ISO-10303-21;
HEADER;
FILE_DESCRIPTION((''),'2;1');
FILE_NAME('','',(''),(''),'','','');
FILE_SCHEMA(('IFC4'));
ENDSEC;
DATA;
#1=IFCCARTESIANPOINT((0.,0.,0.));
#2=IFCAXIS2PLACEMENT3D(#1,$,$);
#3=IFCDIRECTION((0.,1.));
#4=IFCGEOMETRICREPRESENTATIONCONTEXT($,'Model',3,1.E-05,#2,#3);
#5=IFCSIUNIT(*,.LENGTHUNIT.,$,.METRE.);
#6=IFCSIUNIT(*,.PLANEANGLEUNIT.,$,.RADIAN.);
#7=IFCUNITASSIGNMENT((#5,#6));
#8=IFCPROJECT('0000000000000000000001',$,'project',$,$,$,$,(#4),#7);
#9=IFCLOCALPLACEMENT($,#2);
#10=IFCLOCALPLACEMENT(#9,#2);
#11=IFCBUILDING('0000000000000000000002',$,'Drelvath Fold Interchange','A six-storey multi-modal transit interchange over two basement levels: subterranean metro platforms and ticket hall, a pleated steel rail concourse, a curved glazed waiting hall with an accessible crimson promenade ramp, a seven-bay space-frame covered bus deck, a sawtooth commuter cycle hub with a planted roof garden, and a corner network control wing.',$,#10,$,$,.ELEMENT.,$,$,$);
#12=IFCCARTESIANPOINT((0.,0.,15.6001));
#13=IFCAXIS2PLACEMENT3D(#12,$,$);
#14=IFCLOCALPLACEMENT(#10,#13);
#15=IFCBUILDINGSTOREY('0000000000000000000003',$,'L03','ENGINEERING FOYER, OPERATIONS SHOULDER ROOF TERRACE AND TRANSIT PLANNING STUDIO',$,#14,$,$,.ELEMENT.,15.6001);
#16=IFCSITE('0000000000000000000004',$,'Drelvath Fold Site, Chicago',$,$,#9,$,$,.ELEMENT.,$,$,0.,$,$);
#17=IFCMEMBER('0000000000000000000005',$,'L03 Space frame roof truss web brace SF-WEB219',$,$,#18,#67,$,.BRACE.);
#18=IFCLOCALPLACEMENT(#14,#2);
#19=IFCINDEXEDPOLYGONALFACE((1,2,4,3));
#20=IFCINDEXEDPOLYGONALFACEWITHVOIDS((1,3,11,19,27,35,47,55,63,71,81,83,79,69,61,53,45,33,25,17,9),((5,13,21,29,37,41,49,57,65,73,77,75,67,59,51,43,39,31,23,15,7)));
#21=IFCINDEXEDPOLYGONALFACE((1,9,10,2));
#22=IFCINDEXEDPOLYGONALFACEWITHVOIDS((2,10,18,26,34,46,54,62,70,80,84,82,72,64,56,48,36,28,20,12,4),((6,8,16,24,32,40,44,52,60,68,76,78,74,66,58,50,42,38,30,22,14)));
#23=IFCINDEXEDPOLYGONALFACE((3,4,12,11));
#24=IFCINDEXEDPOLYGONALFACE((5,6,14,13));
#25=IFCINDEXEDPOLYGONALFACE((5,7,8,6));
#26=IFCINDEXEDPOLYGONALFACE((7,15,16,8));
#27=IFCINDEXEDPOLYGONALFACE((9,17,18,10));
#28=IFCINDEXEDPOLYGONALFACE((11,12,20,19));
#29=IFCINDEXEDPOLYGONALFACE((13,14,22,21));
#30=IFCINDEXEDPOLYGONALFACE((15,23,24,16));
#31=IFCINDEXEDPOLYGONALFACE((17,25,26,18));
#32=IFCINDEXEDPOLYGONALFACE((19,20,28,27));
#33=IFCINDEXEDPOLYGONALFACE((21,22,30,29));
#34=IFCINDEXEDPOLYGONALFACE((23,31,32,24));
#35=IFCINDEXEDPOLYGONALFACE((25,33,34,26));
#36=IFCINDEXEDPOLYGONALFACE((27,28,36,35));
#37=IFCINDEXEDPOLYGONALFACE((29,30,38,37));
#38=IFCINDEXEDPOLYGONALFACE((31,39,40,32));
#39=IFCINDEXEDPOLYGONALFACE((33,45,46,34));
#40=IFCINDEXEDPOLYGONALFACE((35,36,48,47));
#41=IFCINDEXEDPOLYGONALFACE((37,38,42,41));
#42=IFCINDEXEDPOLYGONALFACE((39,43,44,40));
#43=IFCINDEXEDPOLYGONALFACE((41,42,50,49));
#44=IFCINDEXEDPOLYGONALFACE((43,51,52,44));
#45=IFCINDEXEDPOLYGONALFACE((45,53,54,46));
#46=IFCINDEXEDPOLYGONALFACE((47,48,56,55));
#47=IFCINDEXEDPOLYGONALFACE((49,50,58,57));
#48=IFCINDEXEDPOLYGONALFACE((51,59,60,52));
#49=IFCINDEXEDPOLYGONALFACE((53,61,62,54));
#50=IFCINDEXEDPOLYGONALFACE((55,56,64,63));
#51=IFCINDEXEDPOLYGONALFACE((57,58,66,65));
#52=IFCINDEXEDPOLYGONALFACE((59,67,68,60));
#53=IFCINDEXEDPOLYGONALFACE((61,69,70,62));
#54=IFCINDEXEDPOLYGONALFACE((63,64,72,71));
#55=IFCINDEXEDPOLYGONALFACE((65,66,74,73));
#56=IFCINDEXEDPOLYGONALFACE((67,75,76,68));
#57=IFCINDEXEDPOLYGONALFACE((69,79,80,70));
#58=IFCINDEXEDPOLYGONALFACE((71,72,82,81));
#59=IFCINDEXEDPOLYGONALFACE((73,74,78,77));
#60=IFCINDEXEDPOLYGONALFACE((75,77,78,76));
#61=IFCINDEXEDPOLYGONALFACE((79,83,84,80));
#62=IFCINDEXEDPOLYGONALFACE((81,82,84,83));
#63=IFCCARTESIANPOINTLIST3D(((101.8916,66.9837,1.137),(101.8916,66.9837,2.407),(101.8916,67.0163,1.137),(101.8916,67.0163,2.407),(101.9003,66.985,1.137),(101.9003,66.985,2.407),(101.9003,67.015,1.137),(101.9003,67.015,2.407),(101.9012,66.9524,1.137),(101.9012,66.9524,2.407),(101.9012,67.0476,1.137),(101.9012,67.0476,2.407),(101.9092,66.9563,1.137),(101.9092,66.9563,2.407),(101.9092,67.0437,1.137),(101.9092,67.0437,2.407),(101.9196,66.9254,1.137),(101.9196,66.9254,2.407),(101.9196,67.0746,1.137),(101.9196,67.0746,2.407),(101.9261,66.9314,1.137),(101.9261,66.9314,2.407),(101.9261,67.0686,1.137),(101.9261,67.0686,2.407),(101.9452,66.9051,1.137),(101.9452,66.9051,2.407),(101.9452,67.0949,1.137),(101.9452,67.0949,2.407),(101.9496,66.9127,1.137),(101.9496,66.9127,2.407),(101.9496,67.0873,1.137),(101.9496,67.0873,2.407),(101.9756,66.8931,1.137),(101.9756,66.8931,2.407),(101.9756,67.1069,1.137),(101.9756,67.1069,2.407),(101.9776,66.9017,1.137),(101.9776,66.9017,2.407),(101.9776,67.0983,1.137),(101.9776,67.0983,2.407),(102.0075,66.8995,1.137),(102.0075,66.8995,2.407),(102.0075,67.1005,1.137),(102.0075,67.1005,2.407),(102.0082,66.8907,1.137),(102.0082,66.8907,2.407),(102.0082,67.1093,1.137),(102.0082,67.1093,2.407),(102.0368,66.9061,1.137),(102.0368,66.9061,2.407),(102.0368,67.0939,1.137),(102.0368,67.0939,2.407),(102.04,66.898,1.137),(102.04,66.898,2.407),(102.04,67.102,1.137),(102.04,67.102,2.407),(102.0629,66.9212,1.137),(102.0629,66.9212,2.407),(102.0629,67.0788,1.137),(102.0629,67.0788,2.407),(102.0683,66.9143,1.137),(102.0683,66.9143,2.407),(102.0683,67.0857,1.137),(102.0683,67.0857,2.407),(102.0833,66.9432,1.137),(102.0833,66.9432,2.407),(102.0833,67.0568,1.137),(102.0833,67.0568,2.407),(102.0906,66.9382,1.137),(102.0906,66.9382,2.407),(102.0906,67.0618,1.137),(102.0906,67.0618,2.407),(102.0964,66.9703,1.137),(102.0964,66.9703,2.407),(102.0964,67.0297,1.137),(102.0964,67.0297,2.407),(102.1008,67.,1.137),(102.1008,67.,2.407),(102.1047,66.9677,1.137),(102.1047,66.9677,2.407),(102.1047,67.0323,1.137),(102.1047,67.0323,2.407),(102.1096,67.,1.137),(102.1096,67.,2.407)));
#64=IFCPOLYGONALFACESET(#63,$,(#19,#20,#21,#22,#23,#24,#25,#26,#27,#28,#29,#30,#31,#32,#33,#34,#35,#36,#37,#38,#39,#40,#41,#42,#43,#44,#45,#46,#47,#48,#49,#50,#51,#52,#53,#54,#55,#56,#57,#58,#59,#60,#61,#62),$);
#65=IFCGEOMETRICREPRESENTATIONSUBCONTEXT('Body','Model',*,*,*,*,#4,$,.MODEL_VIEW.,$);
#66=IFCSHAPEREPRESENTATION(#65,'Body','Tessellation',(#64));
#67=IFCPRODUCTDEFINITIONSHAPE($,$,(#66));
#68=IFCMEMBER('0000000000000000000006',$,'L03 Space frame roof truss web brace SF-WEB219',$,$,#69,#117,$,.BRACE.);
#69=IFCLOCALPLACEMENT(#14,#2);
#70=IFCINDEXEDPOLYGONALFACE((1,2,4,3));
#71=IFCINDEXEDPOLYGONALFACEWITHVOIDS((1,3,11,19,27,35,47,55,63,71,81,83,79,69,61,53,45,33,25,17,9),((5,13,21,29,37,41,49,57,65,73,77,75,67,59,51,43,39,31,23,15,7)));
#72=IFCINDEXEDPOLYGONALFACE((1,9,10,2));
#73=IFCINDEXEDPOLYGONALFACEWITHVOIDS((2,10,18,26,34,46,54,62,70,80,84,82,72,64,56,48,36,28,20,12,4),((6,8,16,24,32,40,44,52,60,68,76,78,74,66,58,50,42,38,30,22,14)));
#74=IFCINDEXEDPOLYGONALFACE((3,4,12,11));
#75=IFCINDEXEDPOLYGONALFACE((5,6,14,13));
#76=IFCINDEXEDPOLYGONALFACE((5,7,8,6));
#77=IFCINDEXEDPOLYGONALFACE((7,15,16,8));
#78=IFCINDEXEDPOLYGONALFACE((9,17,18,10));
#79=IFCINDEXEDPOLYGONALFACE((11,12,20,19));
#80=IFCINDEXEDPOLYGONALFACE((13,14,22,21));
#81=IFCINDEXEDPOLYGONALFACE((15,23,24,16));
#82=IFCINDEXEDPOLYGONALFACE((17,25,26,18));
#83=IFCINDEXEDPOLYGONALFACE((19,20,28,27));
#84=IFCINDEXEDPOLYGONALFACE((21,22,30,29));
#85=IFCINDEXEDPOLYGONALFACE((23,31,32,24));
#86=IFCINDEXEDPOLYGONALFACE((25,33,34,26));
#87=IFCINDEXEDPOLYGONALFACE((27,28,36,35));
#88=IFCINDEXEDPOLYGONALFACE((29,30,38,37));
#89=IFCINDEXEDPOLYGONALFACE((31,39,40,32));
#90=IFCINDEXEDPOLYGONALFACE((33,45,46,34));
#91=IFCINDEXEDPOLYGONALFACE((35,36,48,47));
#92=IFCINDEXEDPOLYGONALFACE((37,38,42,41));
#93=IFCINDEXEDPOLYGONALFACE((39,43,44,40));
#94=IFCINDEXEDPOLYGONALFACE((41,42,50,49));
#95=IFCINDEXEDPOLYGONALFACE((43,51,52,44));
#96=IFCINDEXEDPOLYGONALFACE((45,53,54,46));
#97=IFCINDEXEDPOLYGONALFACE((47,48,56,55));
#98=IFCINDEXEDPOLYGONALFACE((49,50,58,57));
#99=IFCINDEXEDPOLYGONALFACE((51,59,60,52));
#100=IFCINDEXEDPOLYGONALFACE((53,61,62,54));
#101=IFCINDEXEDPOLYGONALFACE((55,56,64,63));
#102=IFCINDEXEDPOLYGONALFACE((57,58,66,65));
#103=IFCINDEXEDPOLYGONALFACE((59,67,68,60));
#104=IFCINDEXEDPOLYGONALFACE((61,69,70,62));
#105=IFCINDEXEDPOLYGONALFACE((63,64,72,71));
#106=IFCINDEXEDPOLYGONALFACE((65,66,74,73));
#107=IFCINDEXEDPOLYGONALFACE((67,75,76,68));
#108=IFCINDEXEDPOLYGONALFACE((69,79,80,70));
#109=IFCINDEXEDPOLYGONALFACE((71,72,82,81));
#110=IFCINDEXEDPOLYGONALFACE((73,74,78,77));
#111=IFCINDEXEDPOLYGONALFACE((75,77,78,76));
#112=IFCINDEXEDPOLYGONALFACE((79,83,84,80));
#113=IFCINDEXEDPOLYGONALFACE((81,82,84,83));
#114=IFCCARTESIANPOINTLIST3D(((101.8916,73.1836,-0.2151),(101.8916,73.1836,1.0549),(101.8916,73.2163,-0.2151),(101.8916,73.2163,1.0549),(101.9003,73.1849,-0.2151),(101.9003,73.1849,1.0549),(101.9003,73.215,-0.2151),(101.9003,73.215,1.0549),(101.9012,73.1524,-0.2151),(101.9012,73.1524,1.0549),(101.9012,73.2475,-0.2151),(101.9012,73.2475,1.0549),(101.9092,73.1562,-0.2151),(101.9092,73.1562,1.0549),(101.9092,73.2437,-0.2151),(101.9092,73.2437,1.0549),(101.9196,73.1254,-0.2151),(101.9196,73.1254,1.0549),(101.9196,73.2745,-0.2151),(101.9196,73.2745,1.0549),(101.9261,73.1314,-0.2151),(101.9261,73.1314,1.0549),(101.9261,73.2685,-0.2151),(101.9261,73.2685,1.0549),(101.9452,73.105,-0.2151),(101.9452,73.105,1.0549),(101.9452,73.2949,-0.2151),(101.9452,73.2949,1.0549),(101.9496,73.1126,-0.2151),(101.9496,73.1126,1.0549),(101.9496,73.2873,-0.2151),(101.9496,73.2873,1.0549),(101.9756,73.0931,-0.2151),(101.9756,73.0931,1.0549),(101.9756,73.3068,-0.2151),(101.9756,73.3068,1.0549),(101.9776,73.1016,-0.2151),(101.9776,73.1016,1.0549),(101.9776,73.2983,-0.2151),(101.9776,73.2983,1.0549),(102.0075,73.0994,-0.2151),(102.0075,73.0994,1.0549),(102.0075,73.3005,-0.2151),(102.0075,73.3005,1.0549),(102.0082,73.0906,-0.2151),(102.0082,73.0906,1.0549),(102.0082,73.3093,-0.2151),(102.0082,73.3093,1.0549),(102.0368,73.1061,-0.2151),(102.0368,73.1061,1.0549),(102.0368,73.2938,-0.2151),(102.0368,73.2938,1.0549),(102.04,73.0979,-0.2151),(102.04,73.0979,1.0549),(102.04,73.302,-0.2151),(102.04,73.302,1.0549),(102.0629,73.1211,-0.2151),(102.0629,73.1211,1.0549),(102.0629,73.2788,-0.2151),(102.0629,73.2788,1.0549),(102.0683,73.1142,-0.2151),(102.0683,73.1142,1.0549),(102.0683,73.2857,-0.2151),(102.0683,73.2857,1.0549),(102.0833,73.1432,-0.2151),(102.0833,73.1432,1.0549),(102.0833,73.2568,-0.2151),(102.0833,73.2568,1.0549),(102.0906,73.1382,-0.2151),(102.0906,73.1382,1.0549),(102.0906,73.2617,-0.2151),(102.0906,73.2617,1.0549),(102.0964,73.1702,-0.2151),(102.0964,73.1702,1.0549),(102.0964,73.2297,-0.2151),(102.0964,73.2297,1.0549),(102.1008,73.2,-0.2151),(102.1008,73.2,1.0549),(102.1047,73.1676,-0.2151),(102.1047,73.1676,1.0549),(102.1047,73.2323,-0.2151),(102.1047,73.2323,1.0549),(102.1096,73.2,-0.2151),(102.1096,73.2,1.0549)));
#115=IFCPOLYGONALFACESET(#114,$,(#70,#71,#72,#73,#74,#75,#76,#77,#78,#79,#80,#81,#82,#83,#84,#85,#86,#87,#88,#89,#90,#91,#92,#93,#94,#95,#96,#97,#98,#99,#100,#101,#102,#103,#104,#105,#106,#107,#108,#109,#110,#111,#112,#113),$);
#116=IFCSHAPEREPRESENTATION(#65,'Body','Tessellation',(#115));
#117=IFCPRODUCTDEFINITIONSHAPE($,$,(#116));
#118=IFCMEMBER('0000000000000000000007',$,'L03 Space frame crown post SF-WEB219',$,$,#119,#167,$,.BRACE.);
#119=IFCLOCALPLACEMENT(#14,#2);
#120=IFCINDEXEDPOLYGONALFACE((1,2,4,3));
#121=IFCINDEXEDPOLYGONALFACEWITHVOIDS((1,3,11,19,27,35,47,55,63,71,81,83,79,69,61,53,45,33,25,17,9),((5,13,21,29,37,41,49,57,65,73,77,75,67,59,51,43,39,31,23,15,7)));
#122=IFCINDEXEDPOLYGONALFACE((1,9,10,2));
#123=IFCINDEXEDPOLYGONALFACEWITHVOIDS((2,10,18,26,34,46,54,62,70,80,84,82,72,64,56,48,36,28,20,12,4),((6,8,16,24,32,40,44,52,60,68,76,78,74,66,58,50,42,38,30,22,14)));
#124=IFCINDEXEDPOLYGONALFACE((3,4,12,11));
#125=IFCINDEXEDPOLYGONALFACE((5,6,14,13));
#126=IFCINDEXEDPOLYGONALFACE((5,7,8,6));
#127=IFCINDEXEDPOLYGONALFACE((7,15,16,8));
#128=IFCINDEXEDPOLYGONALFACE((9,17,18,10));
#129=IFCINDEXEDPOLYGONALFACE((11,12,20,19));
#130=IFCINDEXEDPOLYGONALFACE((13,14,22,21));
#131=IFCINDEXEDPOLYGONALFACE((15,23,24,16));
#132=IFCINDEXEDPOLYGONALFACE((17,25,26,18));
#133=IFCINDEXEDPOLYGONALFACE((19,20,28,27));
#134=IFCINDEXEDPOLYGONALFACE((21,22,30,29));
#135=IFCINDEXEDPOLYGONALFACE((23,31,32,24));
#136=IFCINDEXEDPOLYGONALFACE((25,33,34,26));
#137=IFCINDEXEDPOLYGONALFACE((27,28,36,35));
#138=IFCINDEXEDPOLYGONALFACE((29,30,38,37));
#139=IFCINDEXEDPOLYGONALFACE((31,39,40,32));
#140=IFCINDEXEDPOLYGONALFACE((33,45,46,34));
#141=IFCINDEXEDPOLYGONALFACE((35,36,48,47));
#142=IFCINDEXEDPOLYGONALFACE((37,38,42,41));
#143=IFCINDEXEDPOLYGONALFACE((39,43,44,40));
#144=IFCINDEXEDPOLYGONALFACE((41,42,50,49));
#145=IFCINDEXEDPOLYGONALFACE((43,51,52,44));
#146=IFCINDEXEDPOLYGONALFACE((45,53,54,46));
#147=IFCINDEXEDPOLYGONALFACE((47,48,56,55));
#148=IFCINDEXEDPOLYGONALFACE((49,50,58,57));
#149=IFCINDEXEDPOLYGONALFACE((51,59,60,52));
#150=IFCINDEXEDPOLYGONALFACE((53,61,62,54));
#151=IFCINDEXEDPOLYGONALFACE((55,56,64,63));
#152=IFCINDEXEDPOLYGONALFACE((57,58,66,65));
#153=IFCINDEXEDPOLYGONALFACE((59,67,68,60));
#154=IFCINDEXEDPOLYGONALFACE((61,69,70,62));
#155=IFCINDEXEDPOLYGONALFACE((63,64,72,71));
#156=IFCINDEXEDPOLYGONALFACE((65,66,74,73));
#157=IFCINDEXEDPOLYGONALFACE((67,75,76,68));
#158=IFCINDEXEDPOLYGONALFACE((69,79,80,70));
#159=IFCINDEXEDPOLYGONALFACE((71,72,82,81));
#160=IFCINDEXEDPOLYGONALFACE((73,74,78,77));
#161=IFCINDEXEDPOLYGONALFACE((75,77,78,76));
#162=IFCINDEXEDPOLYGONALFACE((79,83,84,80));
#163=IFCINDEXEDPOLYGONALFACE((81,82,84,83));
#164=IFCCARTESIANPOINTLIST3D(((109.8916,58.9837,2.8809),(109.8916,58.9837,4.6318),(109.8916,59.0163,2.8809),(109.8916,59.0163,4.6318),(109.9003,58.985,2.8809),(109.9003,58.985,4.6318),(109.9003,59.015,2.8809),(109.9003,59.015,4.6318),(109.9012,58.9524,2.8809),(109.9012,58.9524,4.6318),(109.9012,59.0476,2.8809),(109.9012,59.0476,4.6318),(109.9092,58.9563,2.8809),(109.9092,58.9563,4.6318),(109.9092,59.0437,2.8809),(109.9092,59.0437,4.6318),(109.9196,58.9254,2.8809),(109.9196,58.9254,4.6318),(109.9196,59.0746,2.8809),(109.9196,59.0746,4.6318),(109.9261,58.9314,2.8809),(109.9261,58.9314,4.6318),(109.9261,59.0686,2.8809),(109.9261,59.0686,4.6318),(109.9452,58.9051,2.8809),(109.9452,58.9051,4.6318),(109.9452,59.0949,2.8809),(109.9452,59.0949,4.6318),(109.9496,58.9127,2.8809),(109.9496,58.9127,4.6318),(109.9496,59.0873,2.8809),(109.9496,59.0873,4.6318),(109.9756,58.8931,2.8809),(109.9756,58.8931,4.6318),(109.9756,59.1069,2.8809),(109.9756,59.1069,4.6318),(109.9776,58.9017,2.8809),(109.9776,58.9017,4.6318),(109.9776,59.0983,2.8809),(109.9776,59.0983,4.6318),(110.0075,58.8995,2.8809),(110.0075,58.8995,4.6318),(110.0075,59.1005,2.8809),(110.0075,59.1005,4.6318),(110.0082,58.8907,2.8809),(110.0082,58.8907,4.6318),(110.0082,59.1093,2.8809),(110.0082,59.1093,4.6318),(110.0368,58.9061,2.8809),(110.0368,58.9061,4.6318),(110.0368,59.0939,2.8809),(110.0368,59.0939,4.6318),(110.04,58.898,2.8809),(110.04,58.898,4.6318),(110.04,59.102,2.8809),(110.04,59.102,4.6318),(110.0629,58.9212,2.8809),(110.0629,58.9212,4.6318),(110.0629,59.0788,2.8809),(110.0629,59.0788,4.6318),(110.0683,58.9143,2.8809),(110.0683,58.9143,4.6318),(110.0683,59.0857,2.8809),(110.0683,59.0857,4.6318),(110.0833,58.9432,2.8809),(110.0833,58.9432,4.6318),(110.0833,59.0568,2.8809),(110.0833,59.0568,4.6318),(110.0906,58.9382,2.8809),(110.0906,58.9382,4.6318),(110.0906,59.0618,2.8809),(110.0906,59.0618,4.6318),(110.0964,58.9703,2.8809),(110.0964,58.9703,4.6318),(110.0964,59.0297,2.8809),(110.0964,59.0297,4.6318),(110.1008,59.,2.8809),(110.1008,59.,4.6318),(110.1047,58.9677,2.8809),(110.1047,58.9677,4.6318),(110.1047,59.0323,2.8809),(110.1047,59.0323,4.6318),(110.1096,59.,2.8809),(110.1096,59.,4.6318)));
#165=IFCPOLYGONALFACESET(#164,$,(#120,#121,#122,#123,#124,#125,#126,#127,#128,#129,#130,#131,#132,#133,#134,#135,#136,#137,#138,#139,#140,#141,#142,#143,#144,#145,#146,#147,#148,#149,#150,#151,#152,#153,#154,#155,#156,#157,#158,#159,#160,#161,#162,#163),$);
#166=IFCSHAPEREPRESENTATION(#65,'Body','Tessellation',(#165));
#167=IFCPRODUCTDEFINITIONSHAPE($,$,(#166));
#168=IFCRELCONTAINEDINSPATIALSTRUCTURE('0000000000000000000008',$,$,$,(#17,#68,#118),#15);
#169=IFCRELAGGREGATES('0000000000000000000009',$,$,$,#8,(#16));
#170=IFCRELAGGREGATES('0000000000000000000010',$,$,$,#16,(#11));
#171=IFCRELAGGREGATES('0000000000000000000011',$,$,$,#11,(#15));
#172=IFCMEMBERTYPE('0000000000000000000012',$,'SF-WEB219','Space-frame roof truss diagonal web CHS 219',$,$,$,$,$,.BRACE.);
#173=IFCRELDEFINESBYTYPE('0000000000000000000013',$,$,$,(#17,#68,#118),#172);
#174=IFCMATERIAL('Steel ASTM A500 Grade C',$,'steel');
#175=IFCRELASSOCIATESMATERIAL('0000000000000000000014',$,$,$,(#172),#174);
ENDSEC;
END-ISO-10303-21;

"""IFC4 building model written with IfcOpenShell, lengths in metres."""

from ifc_helpers import new_model, si_unit, direction, frame, origin, origin_2d, place, context, subcontext, project, spatial, hollow_circle, extrude, material, material_profile, profile_set, type_object, element, save


model = new_model("IFC4")

# Units and contexts
model_context = context("Model", 3, precision=1e-05, world=origin(), true_north=direction((0.0, 1.0)))
body_context = subcontext(model_context, "Body", "Model", "MODEL_VIEW")
ifc_project = project(units=[si_unit("LENGTHUNIT", "METRE"), si_unit("PLANEANGLEUNIT", "RADIAN")], contexts=[model_context])

# Site, building, storey
site_placement = place(None, origin())
site = spatial("IfcSite", under=ifc_project, at=site_placement, Name="Drelvath Fold Site, Chicago", CompositionType="ELEMENT", RefElevation=0.0)
building_placement = place(site_placement, origin())
building = spatial("IfcBuilding", under=site, at=building_placement, Name="Drelvath Fold Interchange", Description="A six-storey multi-modal transit interchange over two basement levels: subterranean metro platforms and ticket hall, a pleated steel rail concourse, a curved glazed waiting hall with an accessible crimson promenade ramp, a seven-bay space-frame covered bus deck, a sawtooth commuter cycle hub with a planted roof garden, and a corner network control wing.", CompositionType="ELEMENT")
storey_placement = place(building_placement, frame((0.0, 0.0, 15.6001)))
storey = spatial("IfcBuildingStorey", under=building, at=storey_placement, Name="L03", Description="ENGINEERING FOYER, OPERATIONS SHOULDER ROOF TERRACE AND TRANSIT PLANNING STUDIO", CompositionType="ELEMENT", Elevation=15.6001)

# Shared definitions
ifc_material_1 = material(Name="Steel ASTM A500 Grade C", Category="steel")

# Members
ifc_material_profile_1 = material_profile(ifc_material_1, hollow_circle(Radius=0.1096, WallThickness=0.0088, at=origin_2d()), Name="HSS8.625X0.375")
ifc_profile_set_1 = profile_set([ifc_material_profile_1], Name="Steel ASTM A500 Grade C")
member_type_1 = type_object("IfcMemberType", Name="SF-WEB219", Description="Space-frame roof truss diagonal web CHS 219", PredefinedType="BRACE", material=ifc_profile_set_1)
for number, where, z_axis, x_axis, name in (
    (1, (102.0, 67.0, 1.137), (0.0, 0.0, 1.0), (1.0, 0.0, 0.0), "L03 Space frame roof truss web brace SF-WEB219"),
    (2, (102.0, 73.2, -0.2151), (0.0, 0.0, 1.0), (1.0, 0.0, 0.0), "L03 Space frame roof truss web brace SF-WEB219"),
):
    element("IfcMember", number, at=place(storey_placement, frame(where, z_axis=z_axis, x_axis=x_axis)), inside=storey, type_object=member_type_1, Name=name, PredefinedType="BRACE", context=body_context, shape_type="SweptSolid", body=[
        extrude(hollow_circle(Radius=0.1096, WallThickness=0.0088, at=origin_2d()), origin(), (0.0, 0.0, 1.0), 1.27),
    ])
for number, where, z_axis, x_axis, name in (
    (3, (110.0, 59.0, 2.8809), (0.0, 0.0, 1.0), (1.0, 0.0, 0.0), "L03 Space frame crown post SF-WEB219"),
):
    element("IfcMember", number, at=place(storey_placement, frame(where, z_axis=z_axis, x_axis=x_axis)), inside=storey, type_object=member_type_1, Name=name, PredefinedType="BRACE", context=body_context, shape_type="SweptSolid", body=[
        extrude(hollow_circle(Radius=0.1096, WallThickness=0.0088, at=origin_2d()), origin(), (0.0, 0.0, 1.0), 1.751),
    ])

save(model, "model.ifc")
